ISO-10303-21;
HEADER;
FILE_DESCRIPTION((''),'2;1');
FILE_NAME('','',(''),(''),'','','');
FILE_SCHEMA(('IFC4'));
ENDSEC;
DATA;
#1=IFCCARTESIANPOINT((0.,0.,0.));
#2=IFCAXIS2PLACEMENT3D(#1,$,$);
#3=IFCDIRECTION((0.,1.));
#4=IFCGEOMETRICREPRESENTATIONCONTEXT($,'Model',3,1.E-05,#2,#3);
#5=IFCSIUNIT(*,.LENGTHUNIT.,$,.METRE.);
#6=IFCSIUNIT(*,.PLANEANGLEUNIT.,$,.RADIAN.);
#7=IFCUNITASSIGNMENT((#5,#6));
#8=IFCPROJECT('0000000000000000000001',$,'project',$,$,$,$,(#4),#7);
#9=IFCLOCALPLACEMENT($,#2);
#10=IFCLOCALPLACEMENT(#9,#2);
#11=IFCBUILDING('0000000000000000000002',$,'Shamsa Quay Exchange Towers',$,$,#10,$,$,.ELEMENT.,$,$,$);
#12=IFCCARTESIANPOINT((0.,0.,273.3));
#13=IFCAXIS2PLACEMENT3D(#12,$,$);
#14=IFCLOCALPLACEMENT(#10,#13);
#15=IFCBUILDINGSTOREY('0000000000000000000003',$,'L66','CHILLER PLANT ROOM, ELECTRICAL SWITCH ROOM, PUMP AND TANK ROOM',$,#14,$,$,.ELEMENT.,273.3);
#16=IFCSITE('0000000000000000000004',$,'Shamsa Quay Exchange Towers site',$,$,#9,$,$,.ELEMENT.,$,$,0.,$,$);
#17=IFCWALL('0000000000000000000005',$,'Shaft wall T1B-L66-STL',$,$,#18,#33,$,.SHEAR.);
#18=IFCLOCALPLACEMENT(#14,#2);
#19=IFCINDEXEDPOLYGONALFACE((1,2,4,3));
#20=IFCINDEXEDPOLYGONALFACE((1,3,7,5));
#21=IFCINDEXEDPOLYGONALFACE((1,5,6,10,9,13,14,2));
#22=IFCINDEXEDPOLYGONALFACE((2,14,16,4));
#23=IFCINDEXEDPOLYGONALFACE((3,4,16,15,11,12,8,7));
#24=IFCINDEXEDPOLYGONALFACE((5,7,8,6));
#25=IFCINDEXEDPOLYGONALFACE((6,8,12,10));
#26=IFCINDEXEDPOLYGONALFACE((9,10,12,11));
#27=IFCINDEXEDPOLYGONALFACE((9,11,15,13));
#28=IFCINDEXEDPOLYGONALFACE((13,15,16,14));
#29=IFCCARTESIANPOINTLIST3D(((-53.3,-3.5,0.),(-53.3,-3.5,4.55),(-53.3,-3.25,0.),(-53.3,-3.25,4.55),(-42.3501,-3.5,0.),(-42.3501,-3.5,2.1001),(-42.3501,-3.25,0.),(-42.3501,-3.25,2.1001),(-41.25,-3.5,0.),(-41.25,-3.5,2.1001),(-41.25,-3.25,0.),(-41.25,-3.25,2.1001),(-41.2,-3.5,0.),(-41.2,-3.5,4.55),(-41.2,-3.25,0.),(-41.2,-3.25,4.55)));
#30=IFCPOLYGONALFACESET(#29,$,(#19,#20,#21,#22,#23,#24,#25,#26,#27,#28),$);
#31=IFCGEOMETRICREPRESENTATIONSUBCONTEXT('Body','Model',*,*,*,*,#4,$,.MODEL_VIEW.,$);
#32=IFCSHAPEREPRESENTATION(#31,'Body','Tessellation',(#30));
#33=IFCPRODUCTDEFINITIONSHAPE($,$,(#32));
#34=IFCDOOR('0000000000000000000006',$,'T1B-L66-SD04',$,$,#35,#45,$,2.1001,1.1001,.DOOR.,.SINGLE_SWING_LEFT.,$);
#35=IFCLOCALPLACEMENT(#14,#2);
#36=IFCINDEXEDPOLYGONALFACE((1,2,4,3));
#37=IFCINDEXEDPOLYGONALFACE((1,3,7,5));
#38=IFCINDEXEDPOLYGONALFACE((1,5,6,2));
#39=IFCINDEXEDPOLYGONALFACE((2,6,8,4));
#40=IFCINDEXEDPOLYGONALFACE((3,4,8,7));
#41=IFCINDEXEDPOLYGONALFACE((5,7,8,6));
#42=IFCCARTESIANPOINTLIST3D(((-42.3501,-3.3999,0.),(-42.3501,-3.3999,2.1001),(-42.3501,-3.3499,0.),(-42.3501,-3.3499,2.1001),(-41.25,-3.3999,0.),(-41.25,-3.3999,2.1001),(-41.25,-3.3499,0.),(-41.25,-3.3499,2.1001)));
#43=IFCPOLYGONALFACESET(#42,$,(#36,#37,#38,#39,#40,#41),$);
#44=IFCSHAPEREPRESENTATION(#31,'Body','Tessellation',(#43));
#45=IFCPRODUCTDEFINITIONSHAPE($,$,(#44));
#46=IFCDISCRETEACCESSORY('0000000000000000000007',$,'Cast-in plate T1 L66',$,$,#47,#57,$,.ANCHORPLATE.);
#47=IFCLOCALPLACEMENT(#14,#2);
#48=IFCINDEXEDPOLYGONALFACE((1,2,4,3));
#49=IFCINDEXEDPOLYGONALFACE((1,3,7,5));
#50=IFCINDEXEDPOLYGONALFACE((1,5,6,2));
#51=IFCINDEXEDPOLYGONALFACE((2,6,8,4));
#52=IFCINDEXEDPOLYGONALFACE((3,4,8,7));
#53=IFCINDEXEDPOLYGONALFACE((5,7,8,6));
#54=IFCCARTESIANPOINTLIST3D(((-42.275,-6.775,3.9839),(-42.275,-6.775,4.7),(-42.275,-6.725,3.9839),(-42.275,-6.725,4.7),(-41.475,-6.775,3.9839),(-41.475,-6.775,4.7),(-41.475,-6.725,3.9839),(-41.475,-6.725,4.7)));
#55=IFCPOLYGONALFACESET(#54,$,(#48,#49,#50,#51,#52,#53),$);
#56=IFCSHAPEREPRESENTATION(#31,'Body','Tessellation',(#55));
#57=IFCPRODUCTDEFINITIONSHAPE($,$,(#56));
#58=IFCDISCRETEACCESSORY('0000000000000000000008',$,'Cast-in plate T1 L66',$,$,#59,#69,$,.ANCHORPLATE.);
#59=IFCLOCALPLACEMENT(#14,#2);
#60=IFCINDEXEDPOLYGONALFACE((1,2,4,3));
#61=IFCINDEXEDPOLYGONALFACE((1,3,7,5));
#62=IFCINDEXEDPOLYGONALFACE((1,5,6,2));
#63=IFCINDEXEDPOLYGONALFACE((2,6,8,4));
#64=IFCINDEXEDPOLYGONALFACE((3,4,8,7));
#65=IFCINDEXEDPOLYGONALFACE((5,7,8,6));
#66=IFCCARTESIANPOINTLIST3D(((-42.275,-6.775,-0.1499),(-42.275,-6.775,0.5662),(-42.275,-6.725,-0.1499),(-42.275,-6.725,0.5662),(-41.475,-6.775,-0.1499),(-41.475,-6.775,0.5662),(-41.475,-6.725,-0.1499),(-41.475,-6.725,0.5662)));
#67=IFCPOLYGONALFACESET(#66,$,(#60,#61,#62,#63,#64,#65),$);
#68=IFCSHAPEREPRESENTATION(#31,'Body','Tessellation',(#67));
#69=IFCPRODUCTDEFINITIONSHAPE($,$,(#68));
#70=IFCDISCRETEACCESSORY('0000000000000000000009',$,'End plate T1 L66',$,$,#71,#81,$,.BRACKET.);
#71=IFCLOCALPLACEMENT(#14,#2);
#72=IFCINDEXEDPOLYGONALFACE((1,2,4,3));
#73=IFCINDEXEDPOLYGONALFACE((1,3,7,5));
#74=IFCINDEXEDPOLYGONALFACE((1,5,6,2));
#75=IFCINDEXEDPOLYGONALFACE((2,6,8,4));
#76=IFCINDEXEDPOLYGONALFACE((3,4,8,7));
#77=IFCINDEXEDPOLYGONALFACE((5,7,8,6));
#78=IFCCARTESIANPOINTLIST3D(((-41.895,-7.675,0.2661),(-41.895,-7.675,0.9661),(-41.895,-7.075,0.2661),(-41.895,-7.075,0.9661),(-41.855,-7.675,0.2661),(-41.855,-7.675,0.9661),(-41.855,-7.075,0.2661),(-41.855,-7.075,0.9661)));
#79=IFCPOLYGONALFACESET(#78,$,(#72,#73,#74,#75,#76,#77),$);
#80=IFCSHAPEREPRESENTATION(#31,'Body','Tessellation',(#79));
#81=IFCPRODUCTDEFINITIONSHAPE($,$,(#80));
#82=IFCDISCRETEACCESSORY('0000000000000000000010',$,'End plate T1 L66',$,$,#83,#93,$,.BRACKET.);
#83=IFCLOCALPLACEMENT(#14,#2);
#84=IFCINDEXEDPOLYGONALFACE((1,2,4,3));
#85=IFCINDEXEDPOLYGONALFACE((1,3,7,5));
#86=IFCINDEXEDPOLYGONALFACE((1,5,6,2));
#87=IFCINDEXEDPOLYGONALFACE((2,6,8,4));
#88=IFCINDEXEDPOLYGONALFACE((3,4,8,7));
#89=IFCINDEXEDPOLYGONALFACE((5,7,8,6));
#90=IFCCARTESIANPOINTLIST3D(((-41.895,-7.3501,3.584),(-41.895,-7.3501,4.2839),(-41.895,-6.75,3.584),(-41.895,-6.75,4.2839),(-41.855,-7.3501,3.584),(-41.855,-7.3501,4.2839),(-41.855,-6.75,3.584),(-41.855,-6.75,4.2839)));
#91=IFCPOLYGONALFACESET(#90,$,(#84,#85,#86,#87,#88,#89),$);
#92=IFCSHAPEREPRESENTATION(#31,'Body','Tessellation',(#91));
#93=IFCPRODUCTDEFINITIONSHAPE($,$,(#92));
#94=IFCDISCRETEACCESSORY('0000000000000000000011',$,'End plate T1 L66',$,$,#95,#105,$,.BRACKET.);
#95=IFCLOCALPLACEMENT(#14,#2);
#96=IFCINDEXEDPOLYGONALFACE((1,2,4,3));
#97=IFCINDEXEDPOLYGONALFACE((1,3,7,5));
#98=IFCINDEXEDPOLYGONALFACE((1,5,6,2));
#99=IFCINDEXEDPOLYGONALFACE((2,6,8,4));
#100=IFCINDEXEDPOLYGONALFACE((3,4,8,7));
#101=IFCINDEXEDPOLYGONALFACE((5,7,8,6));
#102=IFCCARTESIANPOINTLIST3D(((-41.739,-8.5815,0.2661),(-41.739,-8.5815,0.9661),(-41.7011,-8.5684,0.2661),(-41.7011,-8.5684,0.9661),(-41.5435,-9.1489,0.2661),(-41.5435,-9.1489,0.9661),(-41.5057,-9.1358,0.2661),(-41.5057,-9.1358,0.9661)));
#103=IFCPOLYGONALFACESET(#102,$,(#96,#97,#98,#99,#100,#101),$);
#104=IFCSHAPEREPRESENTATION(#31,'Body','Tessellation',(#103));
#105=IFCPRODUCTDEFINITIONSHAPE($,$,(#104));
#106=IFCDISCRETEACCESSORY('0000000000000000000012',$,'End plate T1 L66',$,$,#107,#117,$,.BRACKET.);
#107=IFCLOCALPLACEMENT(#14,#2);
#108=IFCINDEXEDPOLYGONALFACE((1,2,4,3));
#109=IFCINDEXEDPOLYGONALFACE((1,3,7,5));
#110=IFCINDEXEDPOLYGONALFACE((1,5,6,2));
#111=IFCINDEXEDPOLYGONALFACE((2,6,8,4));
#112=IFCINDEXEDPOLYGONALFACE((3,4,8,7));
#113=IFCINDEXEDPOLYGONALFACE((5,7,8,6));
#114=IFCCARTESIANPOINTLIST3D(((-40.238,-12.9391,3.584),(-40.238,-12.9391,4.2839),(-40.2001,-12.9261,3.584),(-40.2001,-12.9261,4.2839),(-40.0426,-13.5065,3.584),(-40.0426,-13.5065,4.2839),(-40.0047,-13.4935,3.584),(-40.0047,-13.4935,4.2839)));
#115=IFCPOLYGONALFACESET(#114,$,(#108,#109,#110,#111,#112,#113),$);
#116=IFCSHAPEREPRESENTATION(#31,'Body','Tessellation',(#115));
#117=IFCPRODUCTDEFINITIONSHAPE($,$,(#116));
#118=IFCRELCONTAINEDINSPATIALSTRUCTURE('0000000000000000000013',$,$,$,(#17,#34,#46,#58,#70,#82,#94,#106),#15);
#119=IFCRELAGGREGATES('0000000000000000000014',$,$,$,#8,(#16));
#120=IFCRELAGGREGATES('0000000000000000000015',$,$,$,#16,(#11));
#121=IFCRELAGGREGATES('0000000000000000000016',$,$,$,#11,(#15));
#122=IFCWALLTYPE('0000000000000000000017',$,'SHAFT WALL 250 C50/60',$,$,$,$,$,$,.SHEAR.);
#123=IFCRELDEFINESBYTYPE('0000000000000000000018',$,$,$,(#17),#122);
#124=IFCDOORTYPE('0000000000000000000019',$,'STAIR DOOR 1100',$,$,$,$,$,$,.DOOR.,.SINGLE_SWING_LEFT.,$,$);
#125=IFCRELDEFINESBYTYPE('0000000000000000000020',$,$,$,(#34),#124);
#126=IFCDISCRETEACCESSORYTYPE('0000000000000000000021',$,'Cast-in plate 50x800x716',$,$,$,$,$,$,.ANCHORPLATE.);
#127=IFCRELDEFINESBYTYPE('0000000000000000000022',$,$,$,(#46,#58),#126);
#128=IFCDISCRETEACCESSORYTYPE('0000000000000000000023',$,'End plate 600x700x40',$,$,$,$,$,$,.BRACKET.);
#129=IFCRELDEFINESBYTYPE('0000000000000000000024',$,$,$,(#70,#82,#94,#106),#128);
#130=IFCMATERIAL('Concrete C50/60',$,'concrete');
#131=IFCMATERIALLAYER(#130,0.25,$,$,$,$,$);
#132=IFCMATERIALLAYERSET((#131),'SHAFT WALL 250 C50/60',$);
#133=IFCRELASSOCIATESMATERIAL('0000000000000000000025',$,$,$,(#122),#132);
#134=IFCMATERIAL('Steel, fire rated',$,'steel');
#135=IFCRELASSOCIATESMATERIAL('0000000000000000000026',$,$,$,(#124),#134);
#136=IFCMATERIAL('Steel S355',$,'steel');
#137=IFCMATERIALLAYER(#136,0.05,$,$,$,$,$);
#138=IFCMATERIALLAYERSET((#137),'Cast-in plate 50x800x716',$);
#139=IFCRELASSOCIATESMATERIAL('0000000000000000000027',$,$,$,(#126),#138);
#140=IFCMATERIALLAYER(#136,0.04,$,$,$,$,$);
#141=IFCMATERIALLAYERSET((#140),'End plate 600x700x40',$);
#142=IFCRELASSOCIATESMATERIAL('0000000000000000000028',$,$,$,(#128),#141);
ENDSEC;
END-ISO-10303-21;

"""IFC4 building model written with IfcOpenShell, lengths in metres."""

from ifc_helpers import new_model, si_unit, direction, frame, frame_2d, origin, origin_2d, place, context, subcontext, project, spatial, rectangle, extrude, material, layer, layer_set, type_object, element, fill, save


model = new_model("IFC4")

# Units and contexts
model_context = context("Model", 3, precision=1e-05, world=origin(), true_north=direction((0.0, 1.0)))
body_context = subcontext(model_context, "Body", "Model", "MODEL_VIEW")
ifc_project = project(units=[si_unit("LENGTHUNIT", "METRE"), si_unit("PLANEANGLEUNIT", "RADIAN")], contexts=[model_context])

# Site, building, storey
site_placement = place(None, origin())
site = spatial("IfcSite", under=ifc_project, at=site_placement, Name="Shamsa Quay Exchange Towers site", CompositionType="ELEMENT", RefElevation=0.0)
building_placement = place(site_placement, origin())
building = spatial("IfcBuilding", under=site, at=building_placement, Name="Shamsa Quay Exchange Towers", CompositionType="ELEMENT")
storey_placement = place(building_placement, frame((0.0, 0.0, 273.3)))
storey = spatial("IfcBuildingStorey", under=building, at=storey_placement, Name="L66", Description="CHILLER PLANT ROOM, ELECTRICAL SWITCH ROOM, PUMP AND TANK ROOM", CompositionType="ELEMENT", Elevation=273.3)

# Shared definitions
ifc_material_1 = material(Name="Steel S355", Category="steel")

# Shared definitions
ifc_material_2 = material(Name="Steel, fire rated", Category="steel")

# Wall, opening, door
ifc_material_3 = material(Name="Concrete C50/60", Category="concrete")
ifc_layer_1 = layer(ifc_material_3, 0.25)
ifc_layer_set_1 = layer_set([ifc_layer_1], Name="SHAFT WALL 250 C50/60")
wall_type_1 = type_object("IfcWallType", Name="SHAFT WALL 250 C50/60", PredefinedType="SHEAR", material=ifc_layer_set_1)
wall_1_placement = place(storey_placement, frame((-41.2, -3.375, 0.0), z_axis=(0.0, 0.0, 1.0), x_axis=(-1.0, 0.0, 0.0)))
wall_1 = element("IfcWall", 1, at=wall_1_placement, inside=storey, type_object=wall_type_1, Name="Shaft wall T1B-L66-STL", PredefinedType="SHEAR", context=body_context, shape_type="SweptSolid", body=[
    extrude(rectangle(XDim=12.1001, YDim=0.25, at=frame_2d((6.05, 0.0))), origin(), (0.0, 0.0, 1.0), 4.55),
])
opening_1_placement = place(wall_1_placement, frame((0.05, 0.0, 0.0)))
opening_1 = element("IfcOpeningElement", 2, at=opening_1_placement, cuts=wall_1, PredefinedType="OPENING", context=body_context, shape_type="SweptSolid", body=[
    extrude(rectangle(XDim=1.1001, YDim=2.1001, at=frame_2d((0.55, 1.05))), frame((0.0, 0.135, 0.0), z_axis=(0.0, -1.0, 0.0), x_axis=(1.0, 0.0, 0.0)), (0.0, 0.0, 1.0), 0.27),
])
door_type_1 = type_object("IfcDoorType", Name="STAIR DOOR 1100", OperationType="SINGLE_SWING_LEFT", PredefinedType="DOOR", material=ifc_material_2)
door_1_placement = place(opening_1_placement, origin())
door_1 = element("IfcDoor", 3, at=door_1_placement, inside=storey, type_object=door_type_1, Name="T1B-L66-SD04", OperationType="SINGLE_SWING_LEFT", OverallHeight=2.1001, OverallWidth=1.1001, PredefinedType="DOOR", context=body_context, shape_type="SweptSolid", body=[
    extrude(rectangle(XDim=1.1001, YDim=2.1001, at=frame_2d((0.55, 1.05))), frame((0.0, 0.0249, 0.0), z_axis=(0.0, -1.0, 0.0), x_axis=(1.0, 0.0, 0.0)), (0.0, 0.0, 1.0), 0.05),
])
fill(opening_1, door_1)

# Discrete accessories
ifc_layer_2 = layer(ifc_material_1, 0.05)
ifc_layer_set_2 = layer_set([ifc_layer_2], Name="Cast-in plate 50x800x716")
discrete_accessory_type_1 = type_object("IfcDiscreteAccessoryType", Name="Cast-in plate 50x800x716", PredefinedType="ANCHORPLATE", material=ifc_layer_set_2)
for number, where, z_axis, x_axis, name in (
    (4, (-41.875, -6.75, 3.9839), (0.0, 0.0, 1.0), (0.0, 1.0, 0.0), "Cast-in plate T1 L66"),
    (5, (-41.875, -6.75, -0.1499), (0.0, 0.0, 1.0), (0.0, 1.0, 0.0), "Cast-in plate T1 L66"),
):
    element("IfcDiscreteAccessory", number, at=place(storey_placement, frame(where, z_axis=z_axis, x_axis=x_axis)), inside=storey, type_object=discrete_accessory_type_1, Name=name, PredefinedType="ANCHORPLATE", context=body_context, shape_type="SweptSolid", body=[
        extrude(rectangle(XDim=0.05, YDim=0.8, at=origin_2d()), origin(), (0.0, 0.0, 1.0), 0.7161),
    ])
ifc_layer_3 = layer(ifc_material_1, 0.04)
ifc_layer_set_3 = layer_set([ifc_layer_3], Name="End plate 600x700x40")
discrete_accessory_type_2 = type_object("IfcDiscreteAccessoryType", Name="End plate 600x700x40", PredefinedType="BRACKET", material=ifc_layer_set_3)
for number, where, z_axis, x_axis, name in (
    (6, (-41.875, -7.375, 0.2661), (0.0, 0.0, 1.0), (0.0, 1.0, 0.0), "End plate T1 L66"),
    (7, (-41.875, -7.05, 3.584), (0.0, 0.0, 1.0), (0.0, 1.0, 0.0), "End plate T1 L66"),
    (8, (-41.6223, -8.8586, 0.2661), (0.0, 0.0, 1.0), (0.325667, -0.945485, 0.0), "End plate T1 L66"),
    (9, (-40.1213, -13.2163, 3.584), (0.0, 0.0, 1.0), (0.325667, -0.945485, 0.0), "End plate T1 L66"),
):
    element("IfcDiscreteAccessory", number, at=place(storey_placement, frame(where, z_axis=z_axis, x_axis=x_axis)), inside=storey, type_object=discrete_accessory_type_2, Name=name, PredefinedType="BRACKET", context=body_context, shape_type="SweptSolid", body=[
        extrude(rectangle(XDim=0.6001, YDim=0.04, at=origin_2d()), origin(), (0.0, 0.0, 1.0), 0.7),
    ])

save(model, "model.ifc")
